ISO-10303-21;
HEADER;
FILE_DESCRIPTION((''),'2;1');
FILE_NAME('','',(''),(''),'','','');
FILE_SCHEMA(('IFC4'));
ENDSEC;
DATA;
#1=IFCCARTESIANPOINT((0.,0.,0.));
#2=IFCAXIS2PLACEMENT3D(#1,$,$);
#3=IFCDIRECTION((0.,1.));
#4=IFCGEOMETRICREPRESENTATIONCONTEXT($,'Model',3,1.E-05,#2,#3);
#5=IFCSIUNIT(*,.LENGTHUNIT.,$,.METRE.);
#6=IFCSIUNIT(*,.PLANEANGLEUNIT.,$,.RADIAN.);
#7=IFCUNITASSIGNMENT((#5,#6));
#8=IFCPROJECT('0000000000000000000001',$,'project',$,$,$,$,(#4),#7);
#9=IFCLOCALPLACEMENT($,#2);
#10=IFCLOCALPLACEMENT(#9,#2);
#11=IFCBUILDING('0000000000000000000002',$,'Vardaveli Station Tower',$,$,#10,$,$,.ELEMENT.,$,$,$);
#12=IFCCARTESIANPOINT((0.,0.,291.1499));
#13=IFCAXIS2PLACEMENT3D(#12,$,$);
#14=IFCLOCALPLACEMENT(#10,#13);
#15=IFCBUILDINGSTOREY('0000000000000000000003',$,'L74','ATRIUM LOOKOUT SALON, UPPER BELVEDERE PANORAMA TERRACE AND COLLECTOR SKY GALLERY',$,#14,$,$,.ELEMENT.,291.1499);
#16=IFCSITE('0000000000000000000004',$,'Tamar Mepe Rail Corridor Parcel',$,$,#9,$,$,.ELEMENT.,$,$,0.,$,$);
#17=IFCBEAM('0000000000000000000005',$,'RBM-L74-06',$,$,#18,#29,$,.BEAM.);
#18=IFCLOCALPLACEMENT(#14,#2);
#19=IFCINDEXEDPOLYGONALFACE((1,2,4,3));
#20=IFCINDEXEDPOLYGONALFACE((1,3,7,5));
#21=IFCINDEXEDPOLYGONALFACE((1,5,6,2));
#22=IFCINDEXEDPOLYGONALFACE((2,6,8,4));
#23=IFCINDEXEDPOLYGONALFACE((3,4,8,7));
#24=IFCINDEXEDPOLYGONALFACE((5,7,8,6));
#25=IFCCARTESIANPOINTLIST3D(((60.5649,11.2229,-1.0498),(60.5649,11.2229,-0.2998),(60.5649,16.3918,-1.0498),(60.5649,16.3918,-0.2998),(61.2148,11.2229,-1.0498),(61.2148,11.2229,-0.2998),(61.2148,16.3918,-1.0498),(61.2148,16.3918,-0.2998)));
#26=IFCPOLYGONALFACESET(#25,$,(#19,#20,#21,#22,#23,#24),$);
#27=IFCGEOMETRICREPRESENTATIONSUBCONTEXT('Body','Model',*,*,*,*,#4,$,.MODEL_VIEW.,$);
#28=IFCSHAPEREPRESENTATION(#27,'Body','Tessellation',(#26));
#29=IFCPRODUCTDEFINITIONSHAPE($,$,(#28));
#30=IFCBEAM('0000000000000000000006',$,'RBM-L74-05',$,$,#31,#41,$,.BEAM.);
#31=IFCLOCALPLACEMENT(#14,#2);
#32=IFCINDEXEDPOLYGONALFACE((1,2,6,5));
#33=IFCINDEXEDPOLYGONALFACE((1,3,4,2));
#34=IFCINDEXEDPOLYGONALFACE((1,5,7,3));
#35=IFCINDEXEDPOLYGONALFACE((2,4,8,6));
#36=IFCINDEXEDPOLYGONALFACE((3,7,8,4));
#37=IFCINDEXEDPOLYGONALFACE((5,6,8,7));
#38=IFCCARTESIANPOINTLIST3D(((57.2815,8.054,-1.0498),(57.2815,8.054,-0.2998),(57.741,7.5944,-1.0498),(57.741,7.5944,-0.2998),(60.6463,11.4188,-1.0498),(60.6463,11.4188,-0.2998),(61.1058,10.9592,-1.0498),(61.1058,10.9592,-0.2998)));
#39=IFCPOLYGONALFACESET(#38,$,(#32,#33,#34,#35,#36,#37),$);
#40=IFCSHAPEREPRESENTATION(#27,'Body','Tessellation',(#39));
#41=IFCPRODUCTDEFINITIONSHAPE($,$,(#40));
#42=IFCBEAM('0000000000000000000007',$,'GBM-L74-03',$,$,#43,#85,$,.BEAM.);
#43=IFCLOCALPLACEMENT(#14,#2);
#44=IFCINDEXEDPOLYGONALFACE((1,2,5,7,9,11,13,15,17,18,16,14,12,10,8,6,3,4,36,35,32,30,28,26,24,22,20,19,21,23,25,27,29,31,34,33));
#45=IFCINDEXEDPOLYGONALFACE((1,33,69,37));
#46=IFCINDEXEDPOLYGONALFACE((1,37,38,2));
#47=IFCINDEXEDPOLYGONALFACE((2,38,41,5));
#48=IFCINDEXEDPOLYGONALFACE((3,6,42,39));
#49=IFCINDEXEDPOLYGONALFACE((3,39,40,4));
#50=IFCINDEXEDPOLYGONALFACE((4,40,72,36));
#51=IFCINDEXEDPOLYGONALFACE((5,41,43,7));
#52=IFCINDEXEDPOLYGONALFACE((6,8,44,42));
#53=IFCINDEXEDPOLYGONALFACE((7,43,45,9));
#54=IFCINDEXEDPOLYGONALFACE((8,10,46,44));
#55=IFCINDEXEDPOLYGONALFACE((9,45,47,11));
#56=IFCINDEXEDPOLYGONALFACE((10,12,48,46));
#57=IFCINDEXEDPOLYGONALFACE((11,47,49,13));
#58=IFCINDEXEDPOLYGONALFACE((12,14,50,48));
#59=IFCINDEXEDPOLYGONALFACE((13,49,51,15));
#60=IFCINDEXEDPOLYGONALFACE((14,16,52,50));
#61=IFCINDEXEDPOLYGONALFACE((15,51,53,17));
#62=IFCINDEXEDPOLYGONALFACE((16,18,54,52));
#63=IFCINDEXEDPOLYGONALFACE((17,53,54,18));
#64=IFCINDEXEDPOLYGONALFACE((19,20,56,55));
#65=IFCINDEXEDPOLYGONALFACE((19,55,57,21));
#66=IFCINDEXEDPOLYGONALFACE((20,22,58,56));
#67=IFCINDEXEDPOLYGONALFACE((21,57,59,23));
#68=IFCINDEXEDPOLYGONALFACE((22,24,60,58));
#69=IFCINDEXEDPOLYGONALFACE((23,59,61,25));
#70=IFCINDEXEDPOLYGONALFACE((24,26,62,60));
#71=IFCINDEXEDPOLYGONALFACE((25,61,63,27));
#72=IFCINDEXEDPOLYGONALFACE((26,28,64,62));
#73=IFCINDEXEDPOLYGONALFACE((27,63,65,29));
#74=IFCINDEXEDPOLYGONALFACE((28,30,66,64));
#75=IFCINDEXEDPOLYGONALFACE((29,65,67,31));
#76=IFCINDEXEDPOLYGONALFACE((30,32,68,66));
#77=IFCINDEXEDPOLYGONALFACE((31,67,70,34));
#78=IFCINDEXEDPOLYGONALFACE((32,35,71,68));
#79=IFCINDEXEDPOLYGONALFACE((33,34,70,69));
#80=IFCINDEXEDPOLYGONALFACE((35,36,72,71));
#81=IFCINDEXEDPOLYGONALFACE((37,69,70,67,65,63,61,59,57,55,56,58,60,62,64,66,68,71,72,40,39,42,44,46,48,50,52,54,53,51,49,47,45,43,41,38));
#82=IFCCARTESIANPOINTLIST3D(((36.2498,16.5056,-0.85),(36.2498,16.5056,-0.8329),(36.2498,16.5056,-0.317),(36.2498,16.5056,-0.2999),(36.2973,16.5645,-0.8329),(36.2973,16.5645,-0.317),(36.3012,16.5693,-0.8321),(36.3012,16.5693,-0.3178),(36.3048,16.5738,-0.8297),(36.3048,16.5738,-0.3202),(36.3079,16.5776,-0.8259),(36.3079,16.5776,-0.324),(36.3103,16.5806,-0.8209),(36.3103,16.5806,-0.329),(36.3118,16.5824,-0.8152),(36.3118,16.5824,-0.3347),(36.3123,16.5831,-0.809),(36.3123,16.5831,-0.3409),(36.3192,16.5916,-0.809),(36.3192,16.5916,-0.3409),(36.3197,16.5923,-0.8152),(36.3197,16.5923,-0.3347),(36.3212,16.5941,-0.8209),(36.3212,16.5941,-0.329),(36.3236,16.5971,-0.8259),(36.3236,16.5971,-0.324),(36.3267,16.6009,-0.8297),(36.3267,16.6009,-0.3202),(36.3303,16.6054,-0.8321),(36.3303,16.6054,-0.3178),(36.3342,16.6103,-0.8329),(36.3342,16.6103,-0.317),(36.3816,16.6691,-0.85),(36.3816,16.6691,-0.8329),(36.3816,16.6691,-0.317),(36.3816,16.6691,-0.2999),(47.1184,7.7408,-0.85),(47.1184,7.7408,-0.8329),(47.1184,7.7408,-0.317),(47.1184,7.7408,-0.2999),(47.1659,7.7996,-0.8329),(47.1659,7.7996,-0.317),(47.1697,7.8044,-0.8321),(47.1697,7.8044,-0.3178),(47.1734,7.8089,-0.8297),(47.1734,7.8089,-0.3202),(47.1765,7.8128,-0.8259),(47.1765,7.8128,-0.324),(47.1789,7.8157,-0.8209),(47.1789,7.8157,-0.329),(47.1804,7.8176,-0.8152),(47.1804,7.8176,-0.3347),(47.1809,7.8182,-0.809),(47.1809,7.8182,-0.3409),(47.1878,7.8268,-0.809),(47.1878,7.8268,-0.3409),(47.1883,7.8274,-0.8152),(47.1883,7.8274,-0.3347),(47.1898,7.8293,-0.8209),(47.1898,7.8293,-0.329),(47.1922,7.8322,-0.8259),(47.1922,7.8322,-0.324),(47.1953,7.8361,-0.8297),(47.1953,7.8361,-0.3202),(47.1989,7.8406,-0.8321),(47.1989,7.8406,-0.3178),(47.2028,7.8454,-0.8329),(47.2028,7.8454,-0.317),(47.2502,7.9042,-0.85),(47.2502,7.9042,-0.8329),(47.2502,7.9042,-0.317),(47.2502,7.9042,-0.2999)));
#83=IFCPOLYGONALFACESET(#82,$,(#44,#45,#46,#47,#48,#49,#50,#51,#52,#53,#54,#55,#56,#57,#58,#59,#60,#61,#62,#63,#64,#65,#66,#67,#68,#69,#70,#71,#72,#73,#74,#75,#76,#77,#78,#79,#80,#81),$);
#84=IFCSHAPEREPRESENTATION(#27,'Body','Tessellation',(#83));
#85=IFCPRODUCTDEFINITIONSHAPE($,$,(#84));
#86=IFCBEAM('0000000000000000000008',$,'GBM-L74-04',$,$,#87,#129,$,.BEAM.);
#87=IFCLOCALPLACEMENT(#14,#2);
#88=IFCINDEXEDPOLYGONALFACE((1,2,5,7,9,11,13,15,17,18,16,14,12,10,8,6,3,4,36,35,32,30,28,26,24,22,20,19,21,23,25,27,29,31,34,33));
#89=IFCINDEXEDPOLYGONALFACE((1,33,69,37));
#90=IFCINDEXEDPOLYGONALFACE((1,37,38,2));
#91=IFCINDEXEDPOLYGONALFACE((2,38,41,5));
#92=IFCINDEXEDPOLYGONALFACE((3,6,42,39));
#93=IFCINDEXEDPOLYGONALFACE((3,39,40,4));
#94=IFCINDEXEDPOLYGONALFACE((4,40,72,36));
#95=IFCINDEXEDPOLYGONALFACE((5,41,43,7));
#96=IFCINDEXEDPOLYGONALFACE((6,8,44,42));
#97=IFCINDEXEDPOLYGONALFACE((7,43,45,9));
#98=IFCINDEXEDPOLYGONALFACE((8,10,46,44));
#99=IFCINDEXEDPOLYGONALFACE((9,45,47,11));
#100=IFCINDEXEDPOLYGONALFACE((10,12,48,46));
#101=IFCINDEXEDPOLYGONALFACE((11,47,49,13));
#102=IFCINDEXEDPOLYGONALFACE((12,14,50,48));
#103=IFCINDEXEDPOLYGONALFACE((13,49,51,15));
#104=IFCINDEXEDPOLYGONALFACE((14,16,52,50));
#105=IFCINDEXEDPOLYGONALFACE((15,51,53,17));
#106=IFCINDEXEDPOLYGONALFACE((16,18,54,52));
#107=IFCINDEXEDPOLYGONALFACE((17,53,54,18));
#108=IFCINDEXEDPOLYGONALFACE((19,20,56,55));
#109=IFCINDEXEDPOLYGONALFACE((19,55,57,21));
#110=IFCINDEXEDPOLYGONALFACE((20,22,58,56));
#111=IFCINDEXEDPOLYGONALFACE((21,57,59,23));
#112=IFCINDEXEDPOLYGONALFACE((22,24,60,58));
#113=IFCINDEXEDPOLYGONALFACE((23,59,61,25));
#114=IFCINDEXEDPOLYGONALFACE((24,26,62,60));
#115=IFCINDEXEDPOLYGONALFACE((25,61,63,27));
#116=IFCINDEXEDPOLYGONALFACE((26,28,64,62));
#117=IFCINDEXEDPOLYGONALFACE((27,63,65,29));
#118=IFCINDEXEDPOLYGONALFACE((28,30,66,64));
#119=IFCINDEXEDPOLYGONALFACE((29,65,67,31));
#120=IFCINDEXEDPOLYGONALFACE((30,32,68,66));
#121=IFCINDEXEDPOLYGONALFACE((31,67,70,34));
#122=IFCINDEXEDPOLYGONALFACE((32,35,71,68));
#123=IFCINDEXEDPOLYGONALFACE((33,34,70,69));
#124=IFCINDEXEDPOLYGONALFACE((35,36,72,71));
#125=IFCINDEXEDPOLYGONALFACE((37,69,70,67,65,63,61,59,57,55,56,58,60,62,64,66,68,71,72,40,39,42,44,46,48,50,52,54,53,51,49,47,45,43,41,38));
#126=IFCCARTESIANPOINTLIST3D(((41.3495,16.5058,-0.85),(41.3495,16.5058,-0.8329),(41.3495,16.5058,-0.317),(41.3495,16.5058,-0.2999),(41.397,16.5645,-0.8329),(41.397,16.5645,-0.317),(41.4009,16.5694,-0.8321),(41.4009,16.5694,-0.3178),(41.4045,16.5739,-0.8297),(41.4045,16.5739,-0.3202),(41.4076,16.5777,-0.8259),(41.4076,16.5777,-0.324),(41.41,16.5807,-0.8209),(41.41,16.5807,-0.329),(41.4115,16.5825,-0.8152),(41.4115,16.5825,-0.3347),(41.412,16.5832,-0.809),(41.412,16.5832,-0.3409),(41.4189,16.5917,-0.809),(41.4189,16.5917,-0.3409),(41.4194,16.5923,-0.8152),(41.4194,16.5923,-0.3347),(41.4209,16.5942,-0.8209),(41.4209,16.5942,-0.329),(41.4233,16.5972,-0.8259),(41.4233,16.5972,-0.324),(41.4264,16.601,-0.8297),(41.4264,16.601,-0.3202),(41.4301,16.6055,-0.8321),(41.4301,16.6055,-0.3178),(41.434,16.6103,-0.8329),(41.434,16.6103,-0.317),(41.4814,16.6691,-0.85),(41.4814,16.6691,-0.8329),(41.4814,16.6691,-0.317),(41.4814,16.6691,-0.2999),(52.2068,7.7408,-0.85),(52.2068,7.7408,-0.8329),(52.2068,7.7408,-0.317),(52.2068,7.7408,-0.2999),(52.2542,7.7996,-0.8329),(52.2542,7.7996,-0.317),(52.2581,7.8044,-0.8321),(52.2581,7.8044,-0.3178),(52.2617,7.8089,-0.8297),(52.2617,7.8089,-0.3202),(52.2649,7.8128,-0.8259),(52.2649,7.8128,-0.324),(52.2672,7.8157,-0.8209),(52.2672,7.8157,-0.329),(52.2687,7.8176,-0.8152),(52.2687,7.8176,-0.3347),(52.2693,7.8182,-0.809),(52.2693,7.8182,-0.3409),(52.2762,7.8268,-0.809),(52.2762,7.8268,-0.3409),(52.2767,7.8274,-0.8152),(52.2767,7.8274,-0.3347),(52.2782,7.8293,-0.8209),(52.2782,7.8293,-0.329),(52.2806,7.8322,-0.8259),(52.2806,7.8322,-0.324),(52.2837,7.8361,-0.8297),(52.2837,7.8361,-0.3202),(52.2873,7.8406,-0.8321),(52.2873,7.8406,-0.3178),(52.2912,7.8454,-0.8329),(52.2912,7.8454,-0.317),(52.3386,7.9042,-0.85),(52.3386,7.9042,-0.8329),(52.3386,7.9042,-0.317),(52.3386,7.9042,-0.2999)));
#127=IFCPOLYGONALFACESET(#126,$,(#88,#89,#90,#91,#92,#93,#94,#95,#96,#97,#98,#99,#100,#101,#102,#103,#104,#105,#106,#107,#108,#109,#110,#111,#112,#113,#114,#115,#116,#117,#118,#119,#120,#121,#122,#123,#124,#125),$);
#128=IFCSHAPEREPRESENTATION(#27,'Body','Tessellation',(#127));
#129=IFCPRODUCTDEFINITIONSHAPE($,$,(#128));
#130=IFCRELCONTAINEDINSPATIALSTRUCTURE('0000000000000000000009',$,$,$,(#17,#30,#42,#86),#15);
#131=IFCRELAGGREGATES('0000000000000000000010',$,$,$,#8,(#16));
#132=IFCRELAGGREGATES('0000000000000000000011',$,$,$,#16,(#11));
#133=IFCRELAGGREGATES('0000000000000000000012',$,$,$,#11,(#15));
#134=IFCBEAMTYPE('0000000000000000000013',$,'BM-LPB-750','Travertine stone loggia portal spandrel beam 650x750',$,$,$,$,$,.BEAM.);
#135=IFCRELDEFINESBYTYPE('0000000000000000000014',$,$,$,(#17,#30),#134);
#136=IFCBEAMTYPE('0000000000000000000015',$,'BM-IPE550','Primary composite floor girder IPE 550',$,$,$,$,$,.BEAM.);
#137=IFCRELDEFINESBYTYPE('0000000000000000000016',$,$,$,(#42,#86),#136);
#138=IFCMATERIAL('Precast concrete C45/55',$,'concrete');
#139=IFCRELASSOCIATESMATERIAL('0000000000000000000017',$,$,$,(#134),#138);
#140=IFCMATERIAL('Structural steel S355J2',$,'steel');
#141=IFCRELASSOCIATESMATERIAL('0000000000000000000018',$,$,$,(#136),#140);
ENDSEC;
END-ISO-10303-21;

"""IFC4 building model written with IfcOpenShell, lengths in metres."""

from ifc_helpers import new_model, si_unit, direction, frame, origin, origin_2d, place, context, subcontext, project, spatial, rectangle, i_section, extrude, source, transform, mapped, material, material_profile, profile_set, type_object, element, save


model = new_model("IFC4")

# Units and contexts
model_context = context("Model", 3, precision=1e-05, world=origin(), true_north=direction((0.0, 1.0)))
body_context = subcontext(model_context, "Body", "Model", "MODEL_VIEW")
ifc_project = project(units=[si_unit("LENGTHUNIT", "METRE"), si_unit("PLANEANGLEUNIT", "RADIAN")], contexts=[model_context])

# Site, building, storey
site_placement = place(None, origin())
site = spatial("IfcSite", under=ifc_project, at=site_placement, Name="Tamar Mepe Rail Corridor Parcel", CompositionType="ELEMENT", RefElevation=0.0)
building_placement = place(site_placement, origin())
building = spatial("IfcBuilding", under=site, at=building_placement, Name="Vardaveli Station Tower", CompositionType="ELEMENT")
storey_placement = place(building_placement, frame((0.0, 0.0, 291.1499)))
storey = spatial("IfcBuildingStorey", under=building, at=storey_placement, Name="L74", Description="ATRIUM LOOKOUT SALON, UPPER BELVEDERE PANORAMA TERRACE AND COLLECTOR SKY GALLERY", CompositionType="ELEMENT", Elevation=291.1499)

# Shared definitions
ifc_material_1 = material(Name="Structural steel S355J2", Category="steel")

# Beams
ifc_material_2 = material(Name="Precast concrete C45/55", Category="concrete")
ifc_material_profile_1 = material_profile(ifc_material_2, rectangle(XDim=0.6499, YDim=0.75, at=origin_2d()), Name="LPB 650x750")
ifc_profile_set_1 = profile_set([ifc_material_profile_1], Name="Precast concrete C45/55")
beam_type_1 = type_object("IfcBeamType", Name="BM-LPB-750", Description="Travertine stone loggia portal spandrel beam 650x750", PredefinedType="BEAM", material=ifc_profile_set_1)
shared_shape_1 = source(origin(), body_context, "Body", "SweptSolid", [
    extrude(rectangle(XDim=0.6499, YDim=0.75, at=origin_2d()), origin(), (0.0, 0.0, 1.0), 5.1689),
])
for number, where, z_axis, x_axis, name in (
    (1, (60.8899, 11.2229, -0.6748), (0.0, 1.0, 0.0), (-1.0, 0.0, 0.0), "RBM-L74-06"),
):
    element("IfcBeam", number, at=place(storey_placement, frame(where, z_axis=z_axis, x_axis=x_axis)), inside=storey, type_object=beam_type_1, Name=name, PredefinedType="BEAM", context=body_context, shape_type="MappedRepresentation", body=[
        mapped(shared_shape_1, transform((0.0, 0.0, 0.0), scale=1.0)),
    ])
shared_shape_2 = source(origin(), body_context, "Body", "SweptSolid", [
    extrude(rectangle(XDim=0.6499, YDim=0.75, at=origin_2d()), origin(), (0.0, 0.0, 1.0), 4.7585),
])
beam_1_placement = place(storey_placement, frame((57.5112, 7.8242, -0.6748), z_axis=(0.707107, 0.707107, 0.0), x_axis=(-0.707107, 0.707107, 0.0)))
element("IfcBeam", 2, at=beam_1_placement, inside=storey, type_object=beam_type_1, Name="RBM-L74-05", PredefinedType="BEAM", context=body_context, shape_type="MappedRepresentation", body=[
    mapped(shared_shape_2, transform((0.0, 0.0, 0.0), scale=1.0)),
])
ifc_material_profile_2 = material_profile(ifc_material_1, i_section(OverallWidth=0.21, OverallDepth=0.55, WebThickness=0.011, FlangeThickness=0.0171, FilletRadius=0.0239, at=origin_2d()), Name="IPE 550")
ifc_profile_set_2 = profile_set([ifc_material_profile_2], Name="Structural steel S355J2")
beam_type_2 = type_object("IfcBeamType", Name="BM-IPE550", Description="Primary composite floor girder IPE 550", PredefinedType="BEAM", material=ifc_profile_set_2)
shared_shape_3 = source(origin(), body_context, "Body", "SweptSolid", [
    extrude(i_section(OverallWidth=0.21, OverallDepth=0.55, WebThickness=0.011, FlangeThickness=0.0171, FilletRadius=0.0239, at=origin_2d()), origin(), (0.0, 0.0, 1.0), 13.9624),
])
beam_2_placement = place(storey_placement, frame((47.1843, 7.8225, -0.575), z_axis=(-0.778418, 0.627746, 0.0), x_axis=(-0.627746, -0.778418, 0.0)))
element("IfcBeam", 3, at=beam_2_placement, inside=storey, type_object=beam_type_2, Name="GBM-L74-03", PredefinedType="BEAM", context=body_context, shape_type="MappedRepresentation", body=[
    mapped(shared_shape_3, transform((0.0, 0.0, 0.0), scale=1.0)),
])
shared_shape_4 = source(origin(), body_context, "Body", "SweptSolid", [
    extrude(i_section(OverallWidth=0.21, OverallDepth=0.55, WebThickness=0.011, FlangeThickness=0.0171, FilletRadius=0.0239, at=origin_2d()), origin(), (0.0, 0.0, 1.0), 13.9536),
])
beam_3_placement = place(storey_placement, frame((52.2727, 7.8225, -0.575), z_axis=(-0.778094, 0.628148, 0.0), x_axis=(-0.628148, -0.778094, 0.0)))
element("IfcBeam", 4, at=beam_3_placement, inside=storey, type_object=beam_type_2, Name="GBM-L74-04", PredefinedType="BEAM", context=body_context, shape_type="MappedRepresentation", body=[
    mapped(shared_shape_4, transform((0.0, 0.0, 0.0), scale=1.0)),
])

save(model, "model.ifc")
